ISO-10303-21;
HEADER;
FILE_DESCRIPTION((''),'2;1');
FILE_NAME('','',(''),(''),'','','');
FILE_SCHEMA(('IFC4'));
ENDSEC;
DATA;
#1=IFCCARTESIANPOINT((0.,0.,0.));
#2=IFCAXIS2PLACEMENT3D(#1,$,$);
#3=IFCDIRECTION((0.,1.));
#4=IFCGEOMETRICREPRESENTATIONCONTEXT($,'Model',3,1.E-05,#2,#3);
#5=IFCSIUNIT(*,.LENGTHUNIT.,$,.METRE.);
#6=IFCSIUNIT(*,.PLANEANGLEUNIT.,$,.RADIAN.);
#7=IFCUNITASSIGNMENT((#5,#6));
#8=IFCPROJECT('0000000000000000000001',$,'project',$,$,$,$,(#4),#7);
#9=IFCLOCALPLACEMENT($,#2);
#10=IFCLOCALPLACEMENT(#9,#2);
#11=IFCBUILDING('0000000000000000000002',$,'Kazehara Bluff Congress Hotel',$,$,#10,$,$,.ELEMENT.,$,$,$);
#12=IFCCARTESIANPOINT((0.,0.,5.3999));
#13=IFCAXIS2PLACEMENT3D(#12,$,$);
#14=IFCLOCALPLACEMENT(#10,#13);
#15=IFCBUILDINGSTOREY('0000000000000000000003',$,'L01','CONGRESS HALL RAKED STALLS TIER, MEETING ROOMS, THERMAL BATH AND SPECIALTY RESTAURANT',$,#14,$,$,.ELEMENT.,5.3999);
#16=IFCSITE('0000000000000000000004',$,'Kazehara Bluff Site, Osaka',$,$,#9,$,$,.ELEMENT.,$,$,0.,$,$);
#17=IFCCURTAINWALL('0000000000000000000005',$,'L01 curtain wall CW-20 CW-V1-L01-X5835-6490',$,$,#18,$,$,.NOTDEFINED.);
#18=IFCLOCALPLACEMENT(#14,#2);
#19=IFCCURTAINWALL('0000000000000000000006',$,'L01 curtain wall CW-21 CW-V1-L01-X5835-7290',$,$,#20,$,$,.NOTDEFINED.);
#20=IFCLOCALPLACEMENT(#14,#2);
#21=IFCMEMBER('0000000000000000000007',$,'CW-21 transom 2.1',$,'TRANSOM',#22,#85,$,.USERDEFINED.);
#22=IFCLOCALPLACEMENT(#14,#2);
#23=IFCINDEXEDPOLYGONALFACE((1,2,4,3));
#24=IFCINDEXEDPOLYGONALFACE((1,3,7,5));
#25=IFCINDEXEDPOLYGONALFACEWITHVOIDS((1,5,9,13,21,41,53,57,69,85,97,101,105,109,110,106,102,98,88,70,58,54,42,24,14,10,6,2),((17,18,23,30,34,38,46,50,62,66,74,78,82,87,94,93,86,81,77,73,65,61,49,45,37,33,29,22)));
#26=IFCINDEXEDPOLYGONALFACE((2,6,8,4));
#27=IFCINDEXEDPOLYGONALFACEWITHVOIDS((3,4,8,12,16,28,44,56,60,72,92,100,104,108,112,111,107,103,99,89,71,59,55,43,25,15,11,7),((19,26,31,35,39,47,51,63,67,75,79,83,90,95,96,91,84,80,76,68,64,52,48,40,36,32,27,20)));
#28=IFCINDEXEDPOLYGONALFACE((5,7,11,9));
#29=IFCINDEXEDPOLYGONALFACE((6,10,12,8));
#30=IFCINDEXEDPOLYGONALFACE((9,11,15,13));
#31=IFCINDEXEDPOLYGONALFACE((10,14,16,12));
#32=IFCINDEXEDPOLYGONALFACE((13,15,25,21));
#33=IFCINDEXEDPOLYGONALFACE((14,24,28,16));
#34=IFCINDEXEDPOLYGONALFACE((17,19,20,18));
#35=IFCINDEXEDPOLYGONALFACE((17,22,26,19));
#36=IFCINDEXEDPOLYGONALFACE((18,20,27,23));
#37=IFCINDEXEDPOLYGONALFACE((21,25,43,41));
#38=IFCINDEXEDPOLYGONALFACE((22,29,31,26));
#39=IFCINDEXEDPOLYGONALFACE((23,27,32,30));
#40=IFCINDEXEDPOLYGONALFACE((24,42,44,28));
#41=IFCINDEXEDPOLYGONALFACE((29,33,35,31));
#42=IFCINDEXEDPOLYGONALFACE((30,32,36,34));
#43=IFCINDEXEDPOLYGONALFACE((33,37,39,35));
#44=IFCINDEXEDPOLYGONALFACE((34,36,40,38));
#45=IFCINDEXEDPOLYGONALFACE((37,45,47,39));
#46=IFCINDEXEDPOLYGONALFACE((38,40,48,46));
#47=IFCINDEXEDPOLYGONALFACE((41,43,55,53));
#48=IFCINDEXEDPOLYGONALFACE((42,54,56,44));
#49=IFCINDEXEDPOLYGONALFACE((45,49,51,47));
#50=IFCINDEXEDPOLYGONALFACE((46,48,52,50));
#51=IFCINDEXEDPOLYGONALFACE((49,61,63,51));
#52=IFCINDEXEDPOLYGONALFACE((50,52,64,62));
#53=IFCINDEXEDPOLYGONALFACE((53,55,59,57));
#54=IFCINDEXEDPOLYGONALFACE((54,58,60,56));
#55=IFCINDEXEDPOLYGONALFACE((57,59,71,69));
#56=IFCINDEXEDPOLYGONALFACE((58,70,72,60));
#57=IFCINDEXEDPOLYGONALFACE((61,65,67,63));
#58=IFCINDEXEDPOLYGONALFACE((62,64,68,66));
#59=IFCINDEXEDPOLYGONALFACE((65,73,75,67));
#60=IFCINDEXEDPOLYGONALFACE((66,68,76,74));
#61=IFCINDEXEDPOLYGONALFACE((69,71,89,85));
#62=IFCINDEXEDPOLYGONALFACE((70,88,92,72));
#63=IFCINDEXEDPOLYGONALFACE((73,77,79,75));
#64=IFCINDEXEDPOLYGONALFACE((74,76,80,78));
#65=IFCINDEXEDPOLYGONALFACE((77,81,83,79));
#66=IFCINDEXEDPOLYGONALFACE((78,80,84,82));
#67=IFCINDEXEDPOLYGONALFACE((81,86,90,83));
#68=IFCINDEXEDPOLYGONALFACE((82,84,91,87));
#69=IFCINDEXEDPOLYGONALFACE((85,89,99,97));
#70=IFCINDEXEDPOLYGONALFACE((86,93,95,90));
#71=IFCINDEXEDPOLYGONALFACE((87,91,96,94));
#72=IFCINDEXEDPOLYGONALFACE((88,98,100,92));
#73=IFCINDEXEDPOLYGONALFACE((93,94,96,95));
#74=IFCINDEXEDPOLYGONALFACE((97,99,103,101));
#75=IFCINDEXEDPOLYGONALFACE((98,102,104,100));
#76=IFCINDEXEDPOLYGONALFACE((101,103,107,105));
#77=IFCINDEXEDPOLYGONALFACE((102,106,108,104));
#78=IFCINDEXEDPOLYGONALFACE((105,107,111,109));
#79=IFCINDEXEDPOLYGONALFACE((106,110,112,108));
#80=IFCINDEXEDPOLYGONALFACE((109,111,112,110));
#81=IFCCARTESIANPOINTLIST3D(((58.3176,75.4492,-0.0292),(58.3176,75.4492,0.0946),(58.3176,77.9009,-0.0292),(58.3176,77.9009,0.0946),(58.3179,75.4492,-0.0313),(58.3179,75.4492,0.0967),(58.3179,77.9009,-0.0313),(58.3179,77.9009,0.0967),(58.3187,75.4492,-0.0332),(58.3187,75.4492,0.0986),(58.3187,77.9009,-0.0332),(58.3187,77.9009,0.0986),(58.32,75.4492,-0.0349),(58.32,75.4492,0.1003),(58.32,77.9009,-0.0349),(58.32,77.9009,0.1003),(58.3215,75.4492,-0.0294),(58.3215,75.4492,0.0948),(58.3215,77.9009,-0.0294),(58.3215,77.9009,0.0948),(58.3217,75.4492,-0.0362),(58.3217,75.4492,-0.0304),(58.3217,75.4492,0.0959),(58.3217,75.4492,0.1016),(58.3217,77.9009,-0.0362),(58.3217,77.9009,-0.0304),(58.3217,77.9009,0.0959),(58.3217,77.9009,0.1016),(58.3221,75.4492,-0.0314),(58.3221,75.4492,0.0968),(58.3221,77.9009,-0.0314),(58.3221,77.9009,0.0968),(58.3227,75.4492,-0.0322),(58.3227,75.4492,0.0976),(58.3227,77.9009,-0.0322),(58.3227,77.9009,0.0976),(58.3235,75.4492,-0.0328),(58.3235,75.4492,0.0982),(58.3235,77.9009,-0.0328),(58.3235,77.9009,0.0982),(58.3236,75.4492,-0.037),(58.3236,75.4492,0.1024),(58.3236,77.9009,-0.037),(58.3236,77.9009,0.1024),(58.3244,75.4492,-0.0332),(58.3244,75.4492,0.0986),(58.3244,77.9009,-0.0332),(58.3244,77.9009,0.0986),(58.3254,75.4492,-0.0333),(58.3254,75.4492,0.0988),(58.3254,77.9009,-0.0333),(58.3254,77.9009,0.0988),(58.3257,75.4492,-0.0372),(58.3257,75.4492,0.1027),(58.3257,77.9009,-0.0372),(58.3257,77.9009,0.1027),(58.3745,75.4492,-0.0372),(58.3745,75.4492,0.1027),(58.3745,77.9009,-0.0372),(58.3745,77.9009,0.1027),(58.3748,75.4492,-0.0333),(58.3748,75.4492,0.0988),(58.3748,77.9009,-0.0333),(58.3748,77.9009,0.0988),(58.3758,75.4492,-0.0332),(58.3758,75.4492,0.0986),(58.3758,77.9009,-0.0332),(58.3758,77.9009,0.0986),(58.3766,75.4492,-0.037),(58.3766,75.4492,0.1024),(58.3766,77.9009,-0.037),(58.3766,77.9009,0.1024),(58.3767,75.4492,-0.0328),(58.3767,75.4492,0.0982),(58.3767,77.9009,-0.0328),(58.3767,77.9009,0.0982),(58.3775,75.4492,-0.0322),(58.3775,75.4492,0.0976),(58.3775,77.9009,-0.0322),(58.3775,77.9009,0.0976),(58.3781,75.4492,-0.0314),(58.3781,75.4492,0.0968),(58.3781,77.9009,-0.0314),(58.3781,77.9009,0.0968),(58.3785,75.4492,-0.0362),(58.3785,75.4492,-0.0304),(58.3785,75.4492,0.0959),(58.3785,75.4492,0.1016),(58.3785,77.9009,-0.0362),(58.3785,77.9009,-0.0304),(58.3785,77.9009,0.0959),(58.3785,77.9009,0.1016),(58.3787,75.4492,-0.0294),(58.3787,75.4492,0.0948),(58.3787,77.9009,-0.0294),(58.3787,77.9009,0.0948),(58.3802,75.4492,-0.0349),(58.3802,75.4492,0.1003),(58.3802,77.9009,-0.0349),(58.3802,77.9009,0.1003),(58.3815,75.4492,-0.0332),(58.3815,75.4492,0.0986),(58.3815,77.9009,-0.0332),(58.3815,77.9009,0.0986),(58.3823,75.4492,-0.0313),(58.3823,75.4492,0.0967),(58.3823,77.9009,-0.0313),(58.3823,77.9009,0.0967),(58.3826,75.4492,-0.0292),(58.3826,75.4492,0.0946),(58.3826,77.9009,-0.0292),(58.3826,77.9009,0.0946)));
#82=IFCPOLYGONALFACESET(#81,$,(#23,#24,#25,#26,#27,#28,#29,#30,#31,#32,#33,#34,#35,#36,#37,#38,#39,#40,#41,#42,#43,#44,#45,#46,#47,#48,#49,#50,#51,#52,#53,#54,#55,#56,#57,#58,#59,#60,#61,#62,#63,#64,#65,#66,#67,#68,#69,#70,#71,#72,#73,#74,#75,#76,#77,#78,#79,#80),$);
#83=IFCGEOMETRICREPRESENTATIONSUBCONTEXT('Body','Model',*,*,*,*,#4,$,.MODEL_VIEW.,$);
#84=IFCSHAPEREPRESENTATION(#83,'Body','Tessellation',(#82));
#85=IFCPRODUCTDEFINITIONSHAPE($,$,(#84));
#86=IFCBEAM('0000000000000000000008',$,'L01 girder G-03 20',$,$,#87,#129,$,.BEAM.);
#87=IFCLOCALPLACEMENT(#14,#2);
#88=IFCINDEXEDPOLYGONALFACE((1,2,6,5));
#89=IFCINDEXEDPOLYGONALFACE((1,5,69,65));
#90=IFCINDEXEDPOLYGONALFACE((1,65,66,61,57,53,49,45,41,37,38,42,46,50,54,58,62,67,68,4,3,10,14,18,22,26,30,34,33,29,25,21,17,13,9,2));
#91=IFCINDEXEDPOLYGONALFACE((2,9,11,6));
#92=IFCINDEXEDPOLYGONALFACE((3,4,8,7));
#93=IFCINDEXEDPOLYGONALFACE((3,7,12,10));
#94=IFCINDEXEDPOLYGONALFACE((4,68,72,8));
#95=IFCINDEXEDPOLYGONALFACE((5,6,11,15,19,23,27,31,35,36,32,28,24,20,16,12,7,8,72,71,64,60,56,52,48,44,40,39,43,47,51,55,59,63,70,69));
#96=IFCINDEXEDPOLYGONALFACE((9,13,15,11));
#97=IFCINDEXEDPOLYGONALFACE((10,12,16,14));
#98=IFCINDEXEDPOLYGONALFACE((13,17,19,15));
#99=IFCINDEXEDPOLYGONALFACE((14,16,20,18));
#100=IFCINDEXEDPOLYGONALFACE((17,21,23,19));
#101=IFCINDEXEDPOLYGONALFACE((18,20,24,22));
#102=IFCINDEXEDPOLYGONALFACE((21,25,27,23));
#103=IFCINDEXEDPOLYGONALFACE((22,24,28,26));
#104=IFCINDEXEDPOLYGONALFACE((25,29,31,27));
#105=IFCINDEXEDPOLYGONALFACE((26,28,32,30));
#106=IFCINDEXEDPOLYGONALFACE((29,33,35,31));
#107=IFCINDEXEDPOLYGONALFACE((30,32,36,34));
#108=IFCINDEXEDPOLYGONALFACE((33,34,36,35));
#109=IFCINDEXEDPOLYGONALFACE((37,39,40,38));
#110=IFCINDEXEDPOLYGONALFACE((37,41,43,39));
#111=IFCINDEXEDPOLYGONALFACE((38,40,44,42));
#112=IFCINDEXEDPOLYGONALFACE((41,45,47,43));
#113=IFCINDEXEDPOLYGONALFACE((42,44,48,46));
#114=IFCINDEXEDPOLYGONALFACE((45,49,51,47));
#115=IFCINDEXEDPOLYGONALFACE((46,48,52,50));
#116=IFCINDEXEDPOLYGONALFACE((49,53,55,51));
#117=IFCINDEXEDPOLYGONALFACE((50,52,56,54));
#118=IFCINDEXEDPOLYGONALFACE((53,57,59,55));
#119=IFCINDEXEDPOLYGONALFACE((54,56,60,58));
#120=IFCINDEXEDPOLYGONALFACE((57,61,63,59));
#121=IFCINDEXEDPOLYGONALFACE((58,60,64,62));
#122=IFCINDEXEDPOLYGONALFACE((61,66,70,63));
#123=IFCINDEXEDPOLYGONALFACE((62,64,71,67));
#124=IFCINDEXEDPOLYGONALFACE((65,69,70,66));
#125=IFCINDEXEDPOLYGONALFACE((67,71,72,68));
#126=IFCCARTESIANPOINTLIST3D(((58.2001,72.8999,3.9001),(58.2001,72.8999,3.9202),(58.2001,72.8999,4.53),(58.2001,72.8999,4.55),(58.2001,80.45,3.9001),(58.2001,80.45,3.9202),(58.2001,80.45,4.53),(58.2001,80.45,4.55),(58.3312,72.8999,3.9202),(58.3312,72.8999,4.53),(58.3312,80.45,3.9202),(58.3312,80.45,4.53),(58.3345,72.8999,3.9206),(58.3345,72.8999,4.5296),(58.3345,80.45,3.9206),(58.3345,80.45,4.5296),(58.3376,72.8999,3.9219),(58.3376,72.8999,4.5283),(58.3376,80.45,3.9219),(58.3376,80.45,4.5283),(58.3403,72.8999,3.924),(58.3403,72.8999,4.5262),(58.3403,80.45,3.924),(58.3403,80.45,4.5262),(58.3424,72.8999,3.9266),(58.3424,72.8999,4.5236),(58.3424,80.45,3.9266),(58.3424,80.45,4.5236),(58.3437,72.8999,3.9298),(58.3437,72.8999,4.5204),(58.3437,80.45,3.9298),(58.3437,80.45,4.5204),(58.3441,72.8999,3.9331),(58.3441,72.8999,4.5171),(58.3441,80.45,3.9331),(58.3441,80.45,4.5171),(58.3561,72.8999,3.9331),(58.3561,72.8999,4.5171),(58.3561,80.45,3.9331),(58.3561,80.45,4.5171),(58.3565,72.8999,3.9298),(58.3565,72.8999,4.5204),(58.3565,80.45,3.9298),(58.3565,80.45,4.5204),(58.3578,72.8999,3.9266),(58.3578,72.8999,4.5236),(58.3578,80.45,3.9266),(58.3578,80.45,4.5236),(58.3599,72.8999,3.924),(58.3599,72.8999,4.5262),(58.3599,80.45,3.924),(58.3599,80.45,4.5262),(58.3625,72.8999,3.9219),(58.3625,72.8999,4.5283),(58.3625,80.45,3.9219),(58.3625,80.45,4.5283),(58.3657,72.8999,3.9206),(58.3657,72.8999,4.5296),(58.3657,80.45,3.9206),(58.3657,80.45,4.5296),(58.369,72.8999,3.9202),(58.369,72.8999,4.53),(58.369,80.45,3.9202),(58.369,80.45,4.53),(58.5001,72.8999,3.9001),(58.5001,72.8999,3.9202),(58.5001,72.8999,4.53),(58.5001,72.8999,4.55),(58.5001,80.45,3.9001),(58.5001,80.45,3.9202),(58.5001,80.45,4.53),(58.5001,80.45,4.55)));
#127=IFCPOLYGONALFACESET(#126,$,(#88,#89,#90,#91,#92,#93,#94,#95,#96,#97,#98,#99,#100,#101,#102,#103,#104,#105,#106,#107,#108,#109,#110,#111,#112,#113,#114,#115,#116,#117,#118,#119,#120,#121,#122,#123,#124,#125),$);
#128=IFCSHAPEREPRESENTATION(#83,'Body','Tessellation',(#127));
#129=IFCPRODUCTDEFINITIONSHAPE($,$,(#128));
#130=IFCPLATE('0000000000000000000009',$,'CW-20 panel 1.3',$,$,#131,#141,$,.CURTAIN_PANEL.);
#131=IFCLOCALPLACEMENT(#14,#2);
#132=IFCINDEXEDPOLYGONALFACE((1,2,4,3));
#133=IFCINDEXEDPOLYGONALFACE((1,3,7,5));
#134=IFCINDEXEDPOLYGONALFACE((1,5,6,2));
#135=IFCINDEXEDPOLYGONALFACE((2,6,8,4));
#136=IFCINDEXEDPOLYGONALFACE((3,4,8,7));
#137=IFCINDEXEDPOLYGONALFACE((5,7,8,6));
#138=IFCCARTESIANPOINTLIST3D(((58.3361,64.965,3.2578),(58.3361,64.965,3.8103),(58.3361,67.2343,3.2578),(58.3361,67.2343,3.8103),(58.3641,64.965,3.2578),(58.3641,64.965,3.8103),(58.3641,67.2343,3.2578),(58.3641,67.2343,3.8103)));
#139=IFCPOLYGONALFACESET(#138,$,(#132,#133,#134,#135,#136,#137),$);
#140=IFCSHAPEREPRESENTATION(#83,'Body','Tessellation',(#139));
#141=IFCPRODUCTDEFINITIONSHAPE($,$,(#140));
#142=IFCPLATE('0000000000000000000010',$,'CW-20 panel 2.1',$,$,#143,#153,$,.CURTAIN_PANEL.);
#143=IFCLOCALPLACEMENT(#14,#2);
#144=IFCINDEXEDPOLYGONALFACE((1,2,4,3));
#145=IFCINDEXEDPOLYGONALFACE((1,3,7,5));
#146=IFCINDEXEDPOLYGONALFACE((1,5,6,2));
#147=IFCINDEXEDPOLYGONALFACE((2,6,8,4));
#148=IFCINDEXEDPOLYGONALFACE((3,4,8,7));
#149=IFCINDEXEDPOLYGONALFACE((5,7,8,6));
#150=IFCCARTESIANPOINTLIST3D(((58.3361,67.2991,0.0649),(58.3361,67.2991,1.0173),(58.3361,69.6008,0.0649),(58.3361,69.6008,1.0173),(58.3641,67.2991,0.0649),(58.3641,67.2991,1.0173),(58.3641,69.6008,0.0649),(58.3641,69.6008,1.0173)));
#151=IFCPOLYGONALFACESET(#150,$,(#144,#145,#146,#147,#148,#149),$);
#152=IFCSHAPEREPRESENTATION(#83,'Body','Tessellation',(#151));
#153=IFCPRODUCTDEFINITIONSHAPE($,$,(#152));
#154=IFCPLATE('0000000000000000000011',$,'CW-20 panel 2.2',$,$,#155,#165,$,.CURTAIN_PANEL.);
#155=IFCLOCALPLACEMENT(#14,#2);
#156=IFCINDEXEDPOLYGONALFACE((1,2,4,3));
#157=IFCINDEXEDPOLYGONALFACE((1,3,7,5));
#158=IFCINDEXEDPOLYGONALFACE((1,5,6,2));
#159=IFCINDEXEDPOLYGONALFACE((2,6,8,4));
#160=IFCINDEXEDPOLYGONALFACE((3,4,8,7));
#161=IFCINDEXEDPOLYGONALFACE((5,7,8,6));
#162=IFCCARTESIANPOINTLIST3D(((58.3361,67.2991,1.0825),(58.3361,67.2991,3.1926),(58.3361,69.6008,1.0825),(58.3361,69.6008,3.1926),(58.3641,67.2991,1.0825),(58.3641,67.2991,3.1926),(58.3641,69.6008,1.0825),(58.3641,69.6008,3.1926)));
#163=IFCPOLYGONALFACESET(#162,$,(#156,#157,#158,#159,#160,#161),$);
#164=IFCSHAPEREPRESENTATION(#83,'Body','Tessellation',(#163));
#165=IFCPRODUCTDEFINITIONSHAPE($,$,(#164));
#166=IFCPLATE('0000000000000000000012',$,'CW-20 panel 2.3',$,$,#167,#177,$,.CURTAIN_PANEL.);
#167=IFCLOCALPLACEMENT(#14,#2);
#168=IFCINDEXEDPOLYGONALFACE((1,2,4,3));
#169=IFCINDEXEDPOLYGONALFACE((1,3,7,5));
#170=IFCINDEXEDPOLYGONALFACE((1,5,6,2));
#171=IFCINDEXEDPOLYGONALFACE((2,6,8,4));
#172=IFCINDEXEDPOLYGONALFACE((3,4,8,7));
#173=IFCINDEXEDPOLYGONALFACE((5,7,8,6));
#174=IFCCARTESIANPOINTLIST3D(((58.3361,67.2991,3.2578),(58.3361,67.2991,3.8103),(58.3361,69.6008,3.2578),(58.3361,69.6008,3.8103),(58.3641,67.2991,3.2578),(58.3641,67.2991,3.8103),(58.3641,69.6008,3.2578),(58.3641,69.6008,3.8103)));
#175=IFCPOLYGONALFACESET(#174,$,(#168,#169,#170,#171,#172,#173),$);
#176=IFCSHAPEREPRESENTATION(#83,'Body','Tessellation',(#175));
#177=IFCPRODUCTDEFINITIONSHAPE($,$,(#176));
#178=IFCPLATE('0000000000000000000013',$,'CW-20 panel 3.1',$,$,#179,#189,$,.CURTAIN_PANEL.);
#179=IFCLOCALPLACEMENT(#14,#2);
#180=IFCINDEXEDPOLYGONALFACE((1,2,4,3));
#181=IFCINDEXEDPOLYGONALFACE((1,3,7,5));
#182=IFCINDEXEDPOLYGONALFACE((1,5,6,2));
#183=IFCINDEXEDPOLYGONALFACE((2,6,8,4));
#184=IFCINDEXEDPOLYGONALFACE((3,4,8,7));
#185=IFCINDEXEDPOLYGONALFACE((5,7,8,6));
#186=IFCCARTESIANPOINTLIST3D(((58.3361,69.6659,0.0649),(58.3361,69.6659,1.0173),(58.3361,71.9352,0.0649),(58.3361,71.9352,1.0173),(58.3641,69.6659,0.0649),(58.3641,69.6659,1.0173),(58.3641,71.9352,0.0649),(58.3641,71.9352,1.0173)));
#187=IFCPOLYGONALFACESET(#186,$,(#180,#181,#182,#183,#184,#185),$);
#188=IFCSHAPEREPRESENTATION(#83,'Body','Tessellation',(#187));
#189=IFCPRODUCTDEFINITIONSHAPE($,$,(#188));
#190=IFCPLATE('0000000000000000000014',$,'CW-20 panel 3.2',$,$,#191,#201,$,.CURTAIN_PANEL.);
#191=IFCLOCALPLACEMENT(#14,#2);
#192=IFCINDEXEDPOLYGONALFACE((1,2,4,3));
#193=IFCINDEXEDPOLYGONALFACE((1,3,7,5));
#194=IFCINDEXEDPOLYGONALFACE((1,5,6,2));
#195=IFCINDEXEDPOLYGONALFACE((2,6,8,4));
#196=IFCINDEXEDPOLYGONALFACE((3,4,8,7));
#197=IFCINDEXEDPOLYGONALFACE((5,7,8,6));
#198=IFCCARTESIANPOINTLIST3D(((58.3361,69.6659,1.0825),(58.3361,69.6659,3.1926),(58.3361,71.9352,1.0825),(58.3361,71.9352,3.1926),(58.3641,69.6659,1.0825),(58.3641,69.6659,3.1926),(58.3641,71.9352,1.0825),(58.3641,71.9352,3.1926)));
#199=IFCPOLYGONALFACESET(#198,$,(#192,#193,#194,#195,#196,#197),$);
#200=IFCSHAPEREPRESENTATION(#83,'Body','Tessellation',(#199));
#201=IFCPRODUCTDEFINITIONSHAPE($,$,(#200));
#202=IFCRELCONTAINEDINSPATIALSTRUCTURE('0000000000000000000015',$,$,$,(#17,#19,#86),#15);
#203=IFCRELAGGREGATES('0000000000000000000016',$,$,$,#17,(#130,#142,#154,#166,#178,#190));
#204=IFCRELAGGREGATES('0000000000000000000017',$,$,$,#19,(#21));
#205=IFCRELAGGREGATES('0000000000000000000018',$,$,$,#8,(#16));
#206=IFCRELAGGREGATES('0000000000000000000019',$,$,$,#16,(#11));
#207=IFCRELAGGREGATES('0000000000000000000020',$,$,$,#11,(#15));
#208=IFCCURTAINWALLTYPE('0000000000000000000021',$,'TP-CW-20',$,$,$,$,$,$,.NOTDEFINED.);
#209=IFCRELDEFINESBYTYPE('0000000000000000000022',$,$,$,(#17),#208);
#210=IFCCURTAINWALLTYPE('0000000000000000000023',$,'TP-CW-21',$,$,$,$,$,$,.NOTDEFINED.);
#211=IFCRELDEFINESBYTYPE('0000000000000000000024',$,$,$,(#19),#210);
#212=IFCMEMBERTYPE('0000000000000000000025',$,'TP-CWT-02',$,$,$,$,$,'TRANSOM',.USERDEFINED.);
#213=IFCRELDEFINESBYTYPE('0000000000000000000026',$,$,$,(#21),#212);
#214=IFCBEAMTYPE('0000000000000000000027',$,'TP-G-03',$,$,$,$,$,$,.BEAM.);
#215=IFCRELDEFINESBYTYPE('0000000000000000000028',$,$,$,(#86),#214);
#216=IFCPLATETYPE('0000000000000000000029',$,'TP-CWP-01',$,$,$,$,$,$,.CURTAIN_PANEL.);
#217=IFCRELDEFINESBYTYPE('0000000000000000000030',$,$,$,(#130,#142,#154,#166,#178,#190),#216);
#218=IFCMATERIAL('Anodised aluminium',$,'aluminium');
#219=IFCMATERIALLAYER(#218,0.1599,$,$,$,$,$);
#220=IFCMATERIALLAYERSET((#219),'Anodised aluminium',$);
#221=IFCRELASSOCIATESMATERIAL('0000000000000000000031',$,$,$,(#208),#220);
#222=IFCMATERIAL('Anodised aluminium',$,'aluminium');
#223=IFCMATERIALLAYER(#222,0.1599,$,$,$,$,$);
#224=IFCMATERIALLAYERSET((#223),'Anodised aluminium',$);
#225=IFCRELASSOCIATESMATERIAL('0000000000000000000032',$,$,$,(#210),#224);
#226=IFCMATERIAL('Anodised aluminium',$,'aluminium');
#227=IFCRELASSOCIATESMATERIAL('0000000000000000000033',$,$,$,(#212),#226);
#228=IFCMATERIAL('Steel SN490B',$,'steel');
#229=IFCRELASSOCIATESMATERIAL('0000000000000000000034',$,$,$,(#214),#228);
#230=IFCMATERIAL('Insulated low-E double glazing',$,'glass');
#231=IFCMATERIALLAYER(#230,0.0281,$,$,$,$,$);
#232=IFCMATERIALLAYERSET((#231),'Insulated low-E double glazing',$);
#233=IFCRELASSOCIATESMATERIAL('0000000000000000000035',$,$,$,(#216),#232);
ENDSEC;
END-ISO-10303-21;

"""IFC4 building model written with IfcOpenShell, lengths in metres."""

from ifc_helpers import new_model, si_unit, direction, frame, origin, origin_2d, place, context, subcontext, project, spatial, rectangle, hollow_rectangle, i_section, extrude, material, layer, layer_set, material_profile, profile_set, type_object, element, aggregate, save


model = new_model("IFC4")

# Units and contexts
model_context = context("Model", 3, precision=1e-05, world=origin(), true_north=direction((0.0, 1.0)))
body_context = subcontext(model_context, "Body", "Model", "MODEL_VIEW")
ifc_project = project(units=[si_unit("LENGTHUNIT", "METRE"), si_unit("PLANEANGLEUNIT", "RADIAN")], contexts=[model_context])

# Site, building, storey
site_placement = place(None, origin())
site = spatial("IfcSite", under=ifc_project, at=site_placement, Name="Kazehara Bluff Site, Osaka", CompositionType="ELEMENT", RefElevation=0.0)
building_placement = place(site_placement, origin())
building = spatial("IfcBuilding", under=site, at=building_placement, Name="Kazehara Bluff Congress Hotel", CompositionType="ELEMENT")
storey_placement = place(building_placement, frame((0.0, 0.0, 5.3999)))
storey = spatial("IfcBuildingStorey", under=building, at=storey_placement, Name="L01", Description="CONGRESS HALL RAKED STALLS TIER, MEETING ROOMS, THERMAL BATH AND SPECIALTY RESTAURANT", CompositionType="ELEMENT", Elevation=5.3999)

# Curtain walls
ifc_material_1 = material(Name="Anodised aluminium", Category="aluminium")
ifc_layer_1 = layer(ifc_material_1, 0.1599)
ifc_layer_set_1 = layer_set([ifc_layer_1], Name="Anodised aluminium")
curtain_wall_type_1 = type_object("IfcCurtainWallType", Name="TP-CW-20", PredefinedType="NOTDEFINED", material=ifc_layer_set_1)
curtain_wall_1_placement = place(storey_placement, origin())
curtain_wall_1 = element("IfcCurtainWall", 1, at=curtain_wall_1_placement, inside=storey, type_object=curtain_wall_type_1, Name="L01 curtain wall CW-20 CW-V1-L01-X5835-6490", PredefinedType="NOTDEFINED")
ifc_material_2 = material(Name="Anodised aluminium", Category="aluminium")
ifc_layer_2 = layer(ifc_material_2, 0.1599)
ifc_layer_set_2 = layer_set([ifc_layer_2], Name="Anodised aluminium")
curtain_wall_type_2 = type_object("IfcCurtainWallType", Name="TP-CW-21", PredefinedType="NOTDEFINED", material=ifc_layer_set_2)
curtain_wall_2_placement = place(storey_placement, origin())
curtain_wall_2 = element("IfcCurtainWall", 2, at=curtain_wall_2_placement, inside=storey, type_object=curtain_wall_type_2, Name="L01 curtain wall CW-21 CW-V1-L01-X5835-7290", PredefinedType="NOTDEFINED")

# Member
ifc_material_3 = material(Name="Anodised aluminium", Category="aluminium")
ifc_material_profile_1 = material_profile(ifc_material_3, hollow_rectangle(XDim=0.0649, YDim=0.1399, WallThickness=0.0039, InnerFilletRadius=0.0039, OuterFilletRadius=0.0081, at=origin_2d()))
ifc_profile_set_1 = profile_set([ifc_material_profile_1], Name="Anodised aluminium")
member_type_1 = type_object("IfcMemberType", Name="TP-CWT-02", ElementType="TRANSOM", PredefinedType="USERDEFINED", material=ifc_profile_set_1)
member_1_placement = place(storey_placement, frame((58.3501, 75.4492, 0.0327), z_axis=(0.0, 1.0, 0.0), x_axis=(-1.0, 0.0, 0.0)))
member_1 = element("IfcMember", 3, at=member_1_placement, type_object=member_type_1, Name="CW-21 transom 2.1", ObjectType="TRANSOM", PredefinedType="USERDEFINED", context=body_context, shape_type="SweptSolid", body=[
    extrude(hollow_rectangle(XDim=0.0649, YDim=0.1399, WallThickness=0.0039, InnerFilletRadius=0.0039, OuterFilletRadius=0.0081, at=origin_2d()), origin(), (0.0, 0.0, 1.0), 2.4517),
])

# Beam
ifc_material_4 = material(Name="Steel SN490B", Category="steel")
ifc_material_profile_2 = material_profile(ifc_material_4, i_section(OverallWidth=0.3, OverallDepth=0.6499, WebThickness=0.012, FlangeThickness=0.02, FilletRadius=0.0129, at=origin_2d()))
ifc_profile_set_2 = profile_set([ifc_material_profile_2], Name="Steel SN490B")
beam_type = type_object("IfcBeamType", Name="TP-G-03", PredefinedType="BEAM", material=ifc_profile_set_2)
beam_placement = place(storey_placement, frame((58.3501, 72.8999, 4.2251), z_axis=(0.0, 1.0, 0.0), x_axis=(-1.0, 0.0, 0.0)))
element("IfcBeam", 4, at=beam_placement, inside=storey, type_object=beam_type, Name="L01 girder G-03 20", PredefinedType="BEAM", context=body_context, shape_type="SweptSolid", body=[
    extrude(i_section(OverallWidth=0.3, OverallDepth=0.6499, WebThickness=0.012, FlangeThickness=0.02, FilletRadius=0.0129, at=origin_2d()), origin(), (0.0, 0.0, 1.0), 7.55),
])

# Plates
ifc_material_5 = material(Name="Insulated low-E double glazing", Category="glass")
ifc_layer_3 = layer(ifc_material_5, 0.0281)
ifc_layer_set_3 = layer_set([ifc_layer_3], Name="Insulated low-E double glazing")
plate_type = type_object("IfcPlateType", Name="TP-CWP-01", PredefinedType="CURTAIN_PANEL", material=ifc_layer_set_3)
plate_1_placement = place(storey_placement, frame((58.3501, 66.0996, 3.2578), z_axis=(0.0, 0.0, 1.0), x_axis=(0.0, 1.0, 0.0)))
plate_1 = element("IfcPlate", 5, at=plate_1_placement, type_object=plate_type, Name="CW-20 panel 1.3", PredefinedType="CURTAIN_PANEL", context=body_context, shape_type="SweptSolid", body=[
    extrude(rectangle(XDim=2.2693, YDim=0.0281, at=origin_2d()), origin(), (0.0, 0.0, 1.0), 0.5525),
])
plate_2_placement = place(storey_placement, frame((58.3501, 68.45, 0.0649), z_axis=(0.0, 0.0, 1.0), x_axis=(0.0, 1.0, 0.0)))
plate_2 = element("IfcPlate", 6, at=plate_2_placement, type_object=plate_type, Name="CW-20 panel 2.1", PredefinedType="CURTAIN_PANEL", context=body_context, shape_type="SweptSolid", body=[
    extrude(rectangle(XDim=2.3018, YDim=0.0281, at=origin_2d()), origin(), (0.0, 0.0, 1.0), 0.9524),
])
plate_3_placement = place(storey_placement, frame((58.3501, 68.45, 1.0825), z_axis=(0.0, 0.0, 1.0), x_axis=(0.0, 1.0, 0.0)))
plate_3 = element("IfcPlate", 7, at=plate_3_placement, type_object=plate_type, Name="CW-20 panel 2.2", PredefinedType="CURTAIN_PANEL", context=body_context, shape_type="SweptSolid", body=[
    extrude(rectangle(XDim=2.3018, YDim=0.0281, at=origin_2d()), origin(), (0.0, 0.0, 1.0), 2.1101),
])
plate_4_placement = place(storey_placement, frame((58.3501, 68.45, 3.2578), z_axis=(0.0, 0.0, 1.0), x_axis=(0.0, 1.0, 0.0)))
plate_4 = element("IfcPlate", 8, at=plate_4_placement, type_object=plate_type, Name="CW-20 panel 2.3", PredefinedType="CURTAIN_PANEL", context=body_context, shape_type="SweptSolid", body=[
    extrude(rectangle(XDim=2.3018, YDim=0.0281, at=origin_2d()), origin(), (0.0, 0.0, 1.0), 0.5525),
])
plate_5_placement = place(storey_placement, frame((58.3501, 70.8005, 0.0649), z_axis=(0.0, 0.0, 1.0), x_axis=(0.0, 1.0, 0.0)))
plate_5 = element("IfcPlate", 9, at=plate_5_placement, type_object=plate_type, Name="CW-20 panel 3.1", PredefinedType="CURTAIN_PANEL", context=body_context, shape_type="SweptSolid", body=[
    extrude(rectangle(XDim=2.2693, YDim=0.0281, at=origin_2d()), origin(), (0.0, 0.0, 1.0), 0.9524),
])
plate_6_placement = place(storey_placement, frame((58.3501, 70.8005, 1.0825), z_axis=(0.0, 0.0, 1.0), x_axis=(0.0, 1.0, 0.0)))
plate_6 = element("IfcPlate", 10, at=plate_6_placement, type_object=plate_type, Name="CW-20 panel 3.2", PredefinedType="CURTAIN_PANEL", context=body_context, shape_type="SweptSolid", body=[
    extrude(rectangle(XDim=2.2693, YDim=0.0281, at=origin_2d()), origin(), (0.0, 0.0, 1.0), 2.1101),
])
aggregate(curtain_wall_1, [plate_1, plate_2, plate_3, plate_4, plate_5, plate_6])
aggregate(curtain_wall_2, [member_1])

save(model, "model.ifc")
